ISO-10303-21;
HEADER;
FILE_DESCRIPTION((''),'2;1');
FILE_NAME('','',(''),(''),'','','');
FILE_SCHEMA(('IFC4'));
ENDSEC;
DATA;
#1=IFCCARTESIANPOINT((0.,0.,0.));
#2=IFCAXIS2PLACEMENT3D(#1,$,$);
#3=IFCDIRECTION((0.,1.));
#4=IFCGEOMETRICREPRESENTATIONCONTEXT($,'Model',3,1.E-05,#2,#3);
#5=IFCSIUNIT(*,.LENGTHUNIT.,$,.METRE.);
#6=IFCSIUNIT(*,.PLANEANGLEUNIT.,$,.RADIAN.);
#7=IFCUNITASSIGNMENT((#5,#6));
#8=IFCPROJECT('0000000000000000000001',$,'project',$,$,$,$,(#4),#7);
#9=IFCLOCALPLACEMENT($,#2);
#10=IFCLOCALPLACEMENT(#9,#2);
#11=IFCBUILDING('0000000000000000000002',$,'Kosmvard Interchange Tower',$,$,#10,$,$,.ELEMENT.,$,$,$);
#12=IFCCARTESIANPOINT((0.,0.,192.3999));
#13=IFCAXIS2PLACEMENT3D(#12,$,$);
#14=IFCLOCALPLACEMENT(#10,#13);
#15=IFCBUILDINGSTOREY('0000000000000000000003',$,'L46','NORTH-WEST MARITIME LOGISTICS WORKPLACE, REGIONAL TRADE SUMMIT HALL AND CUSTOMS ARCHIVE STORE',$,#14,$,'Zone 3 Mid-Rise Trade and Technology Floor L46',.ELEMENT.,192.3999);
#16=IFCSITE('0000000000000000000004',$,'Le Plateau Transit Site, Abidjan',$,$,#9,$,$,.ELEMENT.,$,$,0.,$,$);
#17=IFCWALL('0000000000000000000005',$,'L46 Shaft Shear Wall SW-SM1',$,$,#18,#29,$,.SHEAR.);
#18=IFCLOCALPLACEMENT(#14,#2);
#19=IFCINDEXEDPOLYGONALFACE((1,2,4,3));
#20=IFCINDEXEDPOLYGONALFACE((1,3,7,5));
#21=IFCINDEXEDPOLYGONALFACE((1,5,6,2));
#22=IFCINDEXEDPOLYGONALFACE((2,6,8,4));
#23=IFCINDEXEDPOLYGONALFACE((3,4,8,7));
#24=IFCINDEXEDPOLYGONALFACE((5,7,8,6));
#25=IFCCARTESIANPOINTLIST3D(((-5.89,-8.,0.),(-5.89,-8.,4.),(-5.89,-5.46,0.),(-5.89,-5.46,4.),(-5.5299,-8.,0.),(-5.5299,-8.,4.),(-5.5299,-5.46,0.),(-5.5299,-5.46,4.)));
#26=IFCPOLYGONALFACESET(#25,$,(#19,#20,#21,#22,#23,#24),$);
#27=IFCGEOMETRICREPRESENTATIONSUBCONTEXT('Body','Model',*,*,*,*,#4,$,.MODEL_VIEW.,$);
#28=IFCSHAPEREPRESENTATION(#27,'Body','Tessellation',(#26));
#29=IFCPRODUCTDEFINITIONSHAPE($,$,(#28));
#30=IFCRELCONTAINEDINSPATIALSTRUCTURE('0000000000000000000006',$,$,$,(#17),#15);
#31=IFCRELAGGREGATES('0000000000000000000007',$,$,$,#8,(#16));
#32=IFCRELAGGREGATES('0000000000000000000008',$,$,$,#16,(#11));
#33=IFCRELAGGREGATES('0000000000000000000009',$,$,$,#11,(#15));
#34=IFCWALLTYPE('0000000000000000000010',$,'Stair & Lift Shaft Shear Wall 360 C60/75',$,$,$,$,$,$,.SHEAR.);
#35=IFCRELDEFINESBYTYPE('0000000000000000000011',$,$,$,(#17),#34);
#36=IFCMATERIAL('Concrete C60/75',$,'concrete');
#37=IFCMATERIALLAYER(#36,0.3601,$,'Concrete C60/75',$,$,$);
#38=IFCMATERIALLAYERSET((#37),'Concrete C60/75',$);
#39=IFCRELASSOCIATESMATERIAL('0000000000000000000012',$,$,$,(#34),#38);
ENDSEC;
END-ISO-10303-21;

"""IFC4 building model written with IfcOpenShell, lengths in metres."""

from ifc_helpers import new_model, si_unit, direction, frame, frame_2d, origin, place, context, subcontext, project, spatial, rectangle, extrude, material, layer, layer_set, type_object, element, save


model = new_model("IFC4")

# Units and contexts
model_context = context("Model", 3, precision=1e-05, world=origin(), true_north=direction((0.0, 1.0)))
body_context = subcontext(model_context, "Body", "Model", "MODEL_VIEW")
ifc_project = project(units=[si_unit("LENGTHUNIT", "METRE"), si_unit("PLANEANGLEUNIT", "RADIAN")], contexts=[model_context])

# Site, building, storey
site_placement = place(None, origin())
site = spatial("IfcSite", under=ifc_project, at=site_placement, Name="Le Plateau Transit Site, Abidjan", CompositionType="ELEMENT", RefElevation=0.0)
building_placement = place(site_placement, origin())
building = spatial("IfcBuilding", under=site, at=building_placement, Name="Kosmvard Interchange Tower", CompositionType="ELEMENT")
storey_placement = place(building_placement, frame((0.0, 0.0, 192.3999)))
storey = spatial("IfcBuildingStorey", under=building, at=storey_placement, Name="L46", Description="NORTH-WEST MARITIME LOGISTICS WORKPLACE, REGIONAL TRADE SUMMIT HALL AND CUSTOMS ARCHIVE STORE", LongName="Zone 3 Mid-Rise Trade and Technology Floor L46", CompositionType="ELEMENT", Elevation=192.3999)

# Shared definitions
ifc_material_1 = material(Name="Concrete C60/75", Category="concrete")

# Wall
ifc_layer_1 = layer(ifc_material_1, 0.3601, Name="Concrete C60/75")
ifc_layer_set_1 = layer_set([ifc_layer_1], Name="Concrete C60/75")
wall_type_1 = type_object("IfcWallType", Name="Stair & Lift Shaft Shear Wall 360 C60/75", PredefinedType="SHEAR", material=ifc_layer_set_1)
wall_1_placement = place(storey_placement, frame((-5.71, -8.0, 0.0), z_axis=(0.0, 0.0, 1.0), x_axis=(0.0, 1.0, 0.0)))
element("IfcWall", 1, at=wall_1_placement, inside=storey, type_object=wall_type_1, Name="L46 Shaft Shear Wall SW-SM1", PredefinedType="SHEAR", context=body_context, shape_type="SweptSolid", body=[
    extrude(rectangle(XDim=2.54, YDim=0.3601, at=frame_2d((1.27, 0.0))), origin(), (0.0, 0.0, 1.0), 4.0),
])

save(model, "model.ifc")
